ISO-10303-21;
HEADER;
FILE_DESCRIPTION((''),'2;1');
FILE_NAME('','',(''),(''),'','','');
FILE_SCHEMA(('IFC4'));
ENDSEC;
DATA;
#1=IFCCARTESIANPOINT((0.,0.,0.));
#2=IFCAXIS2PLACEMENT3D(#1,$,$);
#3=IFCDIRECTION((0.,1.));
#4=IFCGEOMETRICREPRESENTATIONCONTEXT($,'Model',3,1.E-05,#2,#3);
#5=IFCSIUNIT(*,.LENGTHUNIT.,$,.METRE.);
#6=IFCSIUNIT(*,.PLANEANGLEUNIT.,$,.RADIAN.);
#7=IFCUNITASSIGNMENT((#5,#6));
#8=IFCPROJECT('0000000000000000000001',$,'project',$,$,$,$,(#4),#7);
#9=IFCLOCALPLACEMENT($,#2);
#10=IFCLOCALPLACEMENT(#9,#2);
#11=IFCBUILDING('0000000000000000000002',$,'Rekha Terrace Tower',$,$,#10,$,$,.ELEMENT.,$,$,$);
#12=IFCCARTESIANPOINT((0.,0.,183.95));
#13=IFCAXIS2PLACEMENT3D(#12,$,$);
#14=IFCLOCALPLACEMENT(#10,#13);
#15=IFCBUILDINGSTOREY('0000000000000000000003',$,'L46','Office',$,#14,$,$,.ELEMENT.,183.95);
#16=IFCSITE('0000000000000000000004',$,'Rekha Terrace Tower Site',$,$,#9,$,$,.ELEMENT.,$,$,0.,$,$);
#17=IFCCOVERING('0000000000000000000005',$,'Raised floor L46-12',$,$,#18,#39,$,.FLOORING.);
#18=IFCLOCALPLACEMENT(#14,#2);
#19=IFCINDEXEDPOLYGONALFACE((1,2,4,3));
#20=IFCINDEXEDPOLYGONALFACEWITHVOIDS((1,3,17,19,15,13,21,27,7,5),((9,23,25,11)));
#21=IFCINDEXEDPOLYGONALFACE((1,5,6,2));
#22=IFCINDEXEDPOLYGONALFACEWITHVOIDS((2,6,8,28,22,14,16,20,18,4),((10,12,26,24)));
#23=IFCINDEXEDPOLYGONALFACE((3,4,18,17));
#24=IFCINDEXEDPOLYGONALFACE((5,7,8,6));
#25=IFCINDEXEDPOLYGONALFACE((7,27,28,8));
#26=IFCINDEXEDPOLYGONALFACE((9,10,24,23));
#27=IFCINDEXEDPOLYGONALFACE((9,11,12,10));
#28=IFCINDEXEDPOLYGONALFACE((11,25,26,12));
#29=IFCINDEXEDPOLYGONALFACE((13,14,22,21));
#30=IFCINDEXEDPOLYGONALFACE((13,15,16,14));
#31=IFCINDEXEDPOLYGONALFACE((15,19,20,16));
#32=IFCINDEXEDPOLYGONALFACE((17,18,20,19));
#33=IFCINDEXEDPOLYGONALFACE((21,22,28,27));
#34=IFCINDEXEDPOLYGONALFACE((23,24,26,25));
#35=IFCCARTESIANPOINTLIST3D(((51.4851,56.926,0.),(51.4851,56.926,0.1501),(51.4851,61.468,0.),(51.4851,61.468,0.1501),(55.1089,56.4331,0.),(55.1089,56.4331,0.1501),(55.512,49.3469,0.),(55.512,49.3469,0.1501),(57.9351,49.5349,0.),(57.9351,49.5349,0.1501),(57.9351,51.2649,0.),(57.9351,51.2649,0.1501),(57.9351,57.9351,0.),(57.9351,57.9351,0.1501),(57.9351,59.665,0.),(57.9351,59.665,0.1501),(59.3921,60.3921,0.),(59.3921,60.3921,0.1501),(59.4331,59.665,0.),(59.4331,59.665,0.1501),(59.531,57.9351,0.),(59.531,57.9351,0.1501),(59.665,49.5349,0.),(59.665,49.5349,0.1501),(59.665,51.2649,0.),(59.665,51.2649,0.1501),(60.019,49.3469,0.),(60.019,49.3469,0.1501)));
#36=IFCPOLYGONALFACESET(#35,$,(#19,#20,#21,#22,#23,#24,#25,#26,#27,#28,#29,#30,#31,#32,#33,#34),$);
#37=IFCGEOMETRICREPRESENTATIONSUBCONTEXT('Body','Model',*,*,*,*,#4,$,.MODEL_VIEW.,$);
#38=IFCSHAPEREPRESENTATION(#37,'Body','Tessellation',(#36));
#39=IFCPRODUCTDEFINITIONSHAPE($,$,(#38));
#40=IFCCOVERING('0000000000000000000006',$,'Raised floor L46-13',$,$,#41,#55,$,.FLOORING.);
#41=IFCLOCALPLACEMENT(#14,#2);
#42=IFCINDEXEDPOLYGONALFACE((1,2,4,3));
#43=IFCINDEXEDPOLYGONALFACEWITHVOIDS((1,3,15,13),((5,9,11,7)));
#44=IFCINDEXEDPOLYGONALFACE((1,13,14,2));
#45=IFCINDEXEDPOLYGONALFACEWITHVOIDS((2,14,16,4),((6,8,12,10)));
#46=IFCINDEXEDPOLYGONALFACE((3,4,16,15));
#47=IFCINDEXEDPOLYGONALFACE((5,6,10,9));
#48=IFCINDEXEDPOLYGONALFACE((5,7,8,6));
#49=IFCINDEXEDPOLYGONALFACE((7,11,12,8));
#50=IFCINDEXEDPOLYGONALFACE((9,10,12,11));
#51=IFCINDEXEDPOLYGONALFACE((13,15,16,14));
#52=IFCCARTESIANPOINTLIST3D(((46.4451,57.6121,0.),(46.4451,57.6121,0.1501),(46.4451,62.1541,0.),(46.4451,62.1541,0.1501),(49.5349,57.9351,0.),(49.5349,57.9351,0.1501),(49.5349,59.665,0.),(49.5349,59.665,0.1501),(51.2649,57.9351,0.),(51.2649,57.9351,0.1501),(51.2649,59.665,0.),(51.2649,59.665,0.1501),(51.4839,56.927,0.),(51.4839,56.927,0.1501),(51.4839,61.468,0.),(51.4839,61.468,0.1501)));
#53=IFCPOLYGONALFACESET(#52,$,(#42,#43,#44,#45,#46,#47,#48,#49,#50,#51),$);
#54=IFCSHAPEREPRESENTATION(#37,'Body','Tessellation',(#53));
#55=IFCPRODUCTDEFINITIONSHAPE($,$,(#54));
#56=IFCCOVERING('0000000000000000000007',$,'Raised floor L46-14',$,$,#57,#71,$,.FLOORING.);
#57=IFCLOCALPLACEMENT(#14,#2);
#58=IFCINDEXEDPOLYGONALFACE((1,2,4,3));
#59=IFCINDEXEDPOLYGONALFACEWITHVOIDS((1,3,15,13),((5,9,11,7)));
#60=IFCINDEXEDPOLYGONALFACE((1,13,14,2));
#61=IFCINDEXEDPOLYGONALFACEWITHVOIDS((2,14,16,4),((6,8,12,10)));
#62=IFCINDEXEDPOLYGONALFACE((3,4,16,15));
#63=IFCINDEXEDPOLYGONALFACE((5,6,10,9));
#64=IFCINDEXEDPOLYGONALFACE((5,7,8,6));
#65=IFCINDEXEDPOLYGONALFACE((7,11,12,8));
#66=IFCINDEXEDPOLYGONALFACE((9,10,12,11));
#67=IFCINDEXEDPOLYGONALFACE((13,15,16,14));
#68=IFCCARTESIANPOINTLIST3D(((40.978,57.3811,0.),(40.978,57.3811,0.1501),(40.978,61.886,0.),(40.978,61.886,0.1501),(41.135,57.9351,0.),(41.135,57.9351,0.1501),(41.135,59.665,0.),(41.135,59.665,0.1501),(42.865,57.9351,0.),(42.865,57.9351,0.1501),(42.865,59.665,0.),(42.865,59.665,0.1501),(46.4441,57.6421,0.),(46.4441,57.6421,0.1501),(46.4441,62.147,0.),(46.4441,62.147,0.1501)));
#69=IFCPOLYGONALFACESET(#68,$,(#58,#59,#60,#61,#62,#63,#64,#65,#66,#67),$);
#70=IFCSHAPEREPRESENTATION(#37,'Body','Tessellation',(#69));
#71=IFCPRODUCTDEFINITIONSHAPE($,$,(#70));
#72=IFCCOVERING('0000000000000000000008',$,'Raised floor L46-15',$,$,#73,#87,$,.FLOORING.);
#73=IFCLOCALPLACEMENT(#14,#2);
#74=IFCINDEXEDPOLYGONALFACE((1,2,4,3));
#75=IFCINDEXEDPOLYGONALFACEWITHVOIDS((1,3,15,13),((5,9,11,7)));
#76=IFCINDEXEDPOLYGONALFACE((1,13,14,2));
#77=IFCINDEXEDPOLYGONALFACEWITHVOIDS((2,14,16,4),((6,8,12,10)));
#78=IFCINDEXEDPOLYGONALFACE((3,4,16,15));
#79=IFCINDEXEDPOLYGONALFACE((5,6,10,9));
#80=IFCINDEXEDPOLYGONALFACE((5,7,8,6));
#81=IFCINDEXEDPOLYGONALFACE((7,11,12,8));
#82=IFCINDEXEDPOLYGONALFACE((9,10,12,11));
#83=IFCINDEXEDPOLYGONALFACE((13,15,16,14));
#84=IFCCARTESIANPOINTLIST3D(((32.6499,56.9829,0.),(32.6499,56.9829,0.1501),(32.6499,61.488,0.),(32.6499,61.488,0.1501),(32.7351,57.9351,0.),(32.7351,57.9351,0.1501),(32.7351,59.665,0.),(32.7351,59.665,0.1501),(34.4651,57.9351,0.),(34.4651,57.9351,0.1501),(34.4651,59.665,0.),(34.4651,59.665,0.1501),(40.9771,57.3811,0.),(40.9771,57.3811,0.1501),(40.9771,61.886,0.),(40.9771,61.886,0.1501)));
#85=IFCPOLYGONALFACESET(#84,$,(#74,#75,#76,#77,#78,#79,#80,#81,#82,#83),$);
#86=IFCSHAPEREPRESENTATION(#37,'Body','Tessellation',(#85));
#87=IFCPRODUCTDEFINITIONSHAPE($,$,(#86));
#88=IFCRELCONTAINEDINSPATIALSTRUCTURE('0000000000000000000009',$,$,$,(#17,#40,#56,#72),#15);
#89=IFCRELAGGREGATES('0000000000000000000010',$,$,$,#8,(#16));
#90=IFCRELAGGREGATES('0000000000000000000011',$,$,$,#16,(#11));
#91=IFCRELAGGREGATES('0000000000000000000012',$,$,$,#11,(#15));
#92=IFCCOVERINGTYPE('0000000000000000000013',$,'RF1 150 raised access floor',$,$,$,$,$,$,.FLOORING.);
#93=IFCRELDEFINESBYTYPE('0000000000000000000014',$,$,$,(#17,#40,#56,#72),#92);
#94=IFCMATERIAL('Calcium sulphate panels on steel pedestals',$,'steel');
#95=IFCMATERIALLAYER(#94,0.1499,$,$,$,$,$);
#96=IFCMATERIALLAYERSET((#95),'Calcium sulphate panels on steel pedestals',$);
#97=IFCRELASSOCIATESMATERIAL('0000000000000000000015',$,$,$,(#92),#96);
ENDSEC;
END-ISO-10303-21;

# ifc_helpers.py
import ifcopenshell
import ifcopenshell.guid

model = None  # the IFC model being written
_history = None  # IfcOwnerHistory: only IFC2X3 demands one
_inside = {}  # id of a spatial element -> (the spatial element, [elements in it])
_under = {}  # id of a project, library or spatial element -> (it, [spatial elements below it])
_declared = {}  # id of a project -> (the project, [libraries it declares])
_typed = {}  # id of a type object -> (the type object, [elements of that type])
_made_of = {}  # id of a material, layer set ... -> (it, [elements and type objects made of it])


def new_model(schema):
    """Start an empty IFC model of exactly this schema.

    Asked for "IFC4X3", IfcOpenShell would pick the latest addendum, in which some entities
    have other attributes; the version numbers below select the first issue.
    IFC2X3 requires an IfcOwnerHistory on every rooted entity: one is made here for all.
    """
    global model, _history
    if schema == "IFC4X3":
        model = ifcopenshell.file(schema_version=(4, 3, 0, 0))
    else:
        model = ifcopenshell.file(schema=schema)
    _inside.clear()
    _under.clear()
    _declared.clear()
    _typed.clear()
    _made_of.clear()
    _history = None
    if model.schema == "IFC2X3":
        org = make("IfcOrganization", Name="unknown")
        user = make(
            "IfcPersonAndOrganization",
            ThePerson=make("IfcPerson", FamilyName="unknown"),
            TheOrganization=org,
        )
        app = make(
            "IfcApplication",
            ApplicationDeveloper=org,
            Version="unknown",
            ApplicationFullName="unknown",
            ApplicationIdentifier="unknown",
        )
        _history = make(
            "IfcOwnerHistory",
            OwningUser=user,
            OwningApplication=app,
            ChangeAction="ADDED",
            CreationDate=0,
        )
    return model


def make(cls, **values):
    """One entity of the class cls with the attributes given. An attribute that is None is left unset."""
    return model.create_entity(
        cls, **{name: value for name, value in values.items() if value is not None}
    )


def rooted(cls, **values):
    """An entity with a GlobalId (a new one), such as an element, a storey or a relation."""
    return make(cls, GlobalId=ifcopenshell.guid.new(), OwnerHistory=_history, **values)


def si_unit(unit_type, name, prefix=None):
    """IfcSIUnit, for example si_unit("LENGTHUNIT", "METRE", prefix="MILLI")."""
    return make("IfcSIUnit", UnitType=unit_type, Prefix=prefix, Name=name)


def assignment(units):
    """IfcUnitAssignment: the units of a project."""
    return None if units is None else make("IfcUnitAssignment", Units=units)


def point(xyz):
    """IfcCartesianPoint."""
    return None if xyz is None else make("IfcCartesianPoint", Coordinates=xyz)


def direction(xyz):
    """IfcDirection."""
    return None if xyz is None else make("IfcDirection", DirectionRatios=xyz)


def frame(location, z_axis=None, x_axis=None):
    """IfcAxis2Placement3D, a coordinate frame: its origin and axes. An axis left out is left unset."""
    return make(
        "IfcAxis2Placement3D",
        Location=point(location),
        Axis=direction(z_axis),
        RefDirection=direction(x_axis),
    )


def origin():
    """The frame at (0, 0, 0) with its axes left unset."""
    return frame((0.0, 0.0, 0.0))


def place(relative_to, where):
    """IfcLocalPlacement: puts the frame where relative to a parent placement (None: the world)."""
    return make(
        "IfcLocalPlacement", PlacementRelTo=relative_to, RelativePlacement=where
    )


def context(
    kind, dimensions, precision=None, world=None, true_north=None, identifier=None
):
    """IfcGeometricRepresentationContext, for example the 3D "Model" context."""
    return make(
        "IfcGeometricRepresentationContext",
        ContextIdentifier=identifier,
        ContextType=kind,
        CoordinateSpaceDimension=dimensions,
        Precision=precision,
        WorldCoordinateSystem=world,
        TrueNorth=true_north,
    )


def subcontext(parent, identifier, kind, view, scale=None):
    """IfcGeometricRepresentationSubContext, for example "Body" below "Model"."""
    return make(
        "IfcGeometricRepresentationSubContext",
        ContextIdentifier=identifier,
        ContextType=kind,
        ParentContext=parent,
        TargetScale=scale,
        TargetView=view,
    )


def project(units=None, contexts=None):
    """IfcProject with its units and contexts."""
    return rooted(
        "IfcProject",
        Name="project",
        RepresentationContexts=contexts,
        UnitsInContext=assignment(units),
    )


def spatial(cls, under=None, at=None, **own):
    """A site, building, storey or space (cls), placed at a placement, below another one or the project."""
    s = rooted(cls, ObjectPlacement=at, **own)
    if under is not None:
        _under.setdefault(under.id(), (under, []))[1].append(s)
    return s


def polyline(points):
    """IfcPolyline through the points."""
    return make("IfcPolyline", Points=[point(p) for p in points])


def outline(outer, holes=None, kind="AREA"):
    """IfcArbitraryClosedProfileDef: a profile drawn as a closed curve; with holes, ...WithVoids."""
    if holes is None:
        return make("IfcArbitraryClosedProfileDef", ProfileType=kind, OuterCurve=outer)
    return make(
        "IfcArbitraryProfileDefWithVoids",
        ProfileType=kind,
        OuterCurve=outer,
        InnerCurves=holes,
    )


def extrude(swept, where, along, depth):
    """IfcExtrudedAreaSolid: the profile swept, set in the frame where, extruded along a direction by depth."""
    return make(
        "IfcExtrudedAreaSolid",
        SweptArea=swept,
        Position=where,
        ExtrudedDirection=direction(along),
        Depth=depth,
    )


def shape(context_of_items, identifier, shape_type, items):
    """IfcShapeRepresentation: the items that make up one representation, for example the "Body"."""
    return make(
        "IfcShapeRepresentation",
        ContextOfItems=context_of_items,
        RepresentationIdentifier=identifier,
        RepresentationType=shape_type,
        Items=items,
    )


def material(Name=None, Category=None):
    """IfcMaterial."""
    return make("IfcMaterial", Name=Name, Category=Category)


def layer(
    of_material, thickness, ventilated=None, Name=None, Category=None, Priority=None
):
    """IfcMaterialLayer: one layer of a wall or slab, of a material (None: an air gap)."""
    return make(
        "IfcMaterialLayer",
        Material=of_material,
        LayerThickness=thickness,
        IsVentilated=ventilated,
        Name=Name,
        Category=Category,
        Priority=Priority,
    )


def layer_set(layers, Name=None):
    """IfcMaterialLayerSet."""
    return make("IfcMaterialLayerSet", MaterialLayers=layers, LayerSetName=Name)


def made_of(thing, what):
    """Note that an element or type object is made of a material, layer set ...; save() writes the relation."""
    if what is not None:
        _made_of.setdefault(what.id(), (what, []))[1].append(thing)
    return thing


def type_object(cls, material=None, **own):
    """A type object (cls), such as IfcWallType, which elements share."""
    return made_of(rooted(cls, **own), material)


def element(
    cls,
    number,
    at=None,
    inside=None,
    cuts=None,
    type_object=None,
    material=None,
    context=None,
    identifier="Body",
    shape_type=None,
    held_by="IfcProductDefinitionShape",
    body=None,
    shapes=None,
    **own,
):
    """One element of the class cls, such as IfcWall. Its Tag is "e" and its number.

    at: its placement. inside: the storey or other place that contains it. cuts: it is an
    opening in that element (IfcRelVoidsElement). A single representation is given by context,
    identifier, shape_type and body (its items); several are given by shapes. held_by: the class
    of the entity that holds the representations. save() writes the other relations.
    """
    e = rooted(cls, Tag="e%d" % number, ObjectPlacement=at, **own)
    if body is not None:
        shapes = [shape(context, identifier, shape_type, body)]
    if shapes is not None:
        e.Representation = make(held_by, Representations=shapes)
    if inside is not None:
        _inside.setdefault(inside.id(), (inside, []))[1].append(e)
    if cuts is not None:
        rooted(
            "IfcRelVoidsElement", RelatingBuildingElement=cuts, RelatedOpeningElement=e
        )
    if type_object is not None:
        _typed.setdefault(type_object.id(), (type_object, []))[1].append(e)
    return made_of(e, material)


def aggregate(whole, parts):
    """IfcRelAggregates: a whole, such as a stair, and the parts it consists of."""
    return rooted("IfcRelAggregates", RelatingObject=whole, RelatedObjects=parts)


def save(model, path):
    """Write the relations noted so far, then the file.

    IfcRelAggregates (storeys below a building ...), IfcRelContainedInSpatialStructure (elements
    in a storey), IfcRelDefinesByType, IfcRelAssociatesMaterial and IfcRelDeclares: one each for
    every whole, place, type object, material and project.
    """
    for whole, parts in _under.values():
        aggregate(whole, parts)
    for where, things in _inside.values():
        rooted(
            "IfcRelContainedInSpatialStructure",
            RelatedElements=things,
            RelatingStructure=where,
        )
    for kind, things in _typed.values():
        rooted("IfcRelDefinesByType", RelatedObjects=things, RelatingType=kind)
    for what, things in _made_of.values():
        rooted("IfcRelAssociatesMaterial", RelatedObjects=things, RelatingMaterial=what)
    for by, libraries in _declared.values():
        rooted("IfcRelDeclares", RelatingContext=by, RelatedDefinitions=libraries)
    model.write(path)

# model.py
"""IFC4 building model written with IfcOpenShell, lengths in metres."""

from ifc_helpers import new_model, si_unit, direction, frame, origin, place, context, subcontext, project, spatial, polyline, outline, extrude, material, layer, layer_set, type_object, element, save


model = new_model("IFC4")

# Units and contexts
model_context = context("Model", 3, precision=1e-05, world=origin(), true_north=direction((0.0, 1.0)))
body_context = subcontext(model_context, "Body", "Model", "MODEL_VIEW")
ifc_project = project(units=[si_unit("LENGTHUNIT", "METRE"), si_unit("PLANEANGLEUNIT", "RADIAN")], contexts=[model_context])

# Site, building, storey
site_placement = place(None, origin())
site = spatial("IfcSite", under=ifc_project, at=site_placement, Name="Rekha Terrace Tower Site", CompositionType="ELEMENT", RefElevation=0.0)
building_placement = place(site_placement, origin())
building = spatial("IfcBuilding", under=site, at=building_placement, Name="Rekha Terrace Tower", CompositionType="ELEMENT")
storey_placement = place(building_placement, frame((0.0, 0.0, 183.95)))
storey = spatial("IfcBuildingStorey", under=building, at=storey_placement, Name="L46", Description="Office", CompositionType="ELEMENT", Elevation=183.95)

# Coverings
ifc_material_1 = material(Name="Calcium sulphate panels on steel pedestals", Category="steel")
ifc_layer_1 = layer(ifc_material_1, 0.1499)
ifc_layer_set_1 = layer_set([ifc_layer_1], Name="Calcium sulphate panels on steel pedestals")
covering_type_1 = type_object("IfcCoveringType", Name="RF1 150 raised access floor", PredefinedType="FLOORING", material=ifc_layer_set_1)
covering_1_placement = place(storey_placement, origin())
element("IfcCovering", 1, at=covering_1_placement, inside=storey, type_object=covering_type_1, Name="Raised floor L46-12", PredefinedType="FLOORING", context=body_context, shape_type="SweptSolid", body=[
    extrude(outline(polyline([(51.4851, 56.926), (55.1089, 56.4331), (55.512, 49.3469), (60.019, 49.3469), (59.531, 57.9351), (57.9351, 57.9351), (57.9351, 59.665), (59.4331, 59.665), (59.3921, 60.3921), (51.4851, 61.468), (51.4851, 56.926)]), holes=[polyline([(59.665, 51.2649), (59.665, 49.5349), (57.9351, 49.5349), (57.9351, 51.2649), (59.665, 51.2649)])]), origin(), (0.0, 0.0, 1.0), 0.1501),
])
covering_2_placement = place(storey_placement, origin())
element("IfcCovering", 2, at=covering_2_placement, inside=storey, type_object=covering_type_1, Name="Raised floor L46-13", PredefinedType="FLOORING", context=body_context, shape_type="SweptSolid", body=[
    extrude(outline(polyline([(51.4839, 56.927), (51.4839, 61.468), (46.4451, 62.1541), (46.4451, 57.6121), (51.4839, 56.927)]), holes=[polyline([(51.2649, 57.9351), (49.5349, 57.9351), (49.5349, 59.665), (51.2649, 59.665), (51.2649, 57.9351)])]), origin(), (0.0, 0.0, 1.0), 0.1501),
])
covering_3_placement = place(storey_placement, origin())
element("IfcCovering", 3, at=covering_3_placement, inside=storey, type_object=covering_type_1, Name="Raised floor L46-14", PredefinedType="FLOORING", context=body_context, shape_type="SweptSolid", body=[
    extrude(outline(polyline([(46.4441, 62.147), (40.978, 61.886), (40.978, 57.3811), (46.4441, 57.6421), (46.4441, 62.147)]), holes=[polyline([(42.865, 59.665), (42.865, 57.9351), (41.135, 57.9351), (41.135, 59.665), (42.865, 59.665)])]), origin(), (0.0, 0.0, 1.0), 0.1501),
])
covering_4_placement = place(storey_placement, origin())
element("IfcCovering", 4, at=covering_4_placement, inside=storey, type_object=covering_type_1, Name="Raised floor L46-15", PredefinedType="FLOORING", context=body_context, shape_type="SweptSolid", body=[
    extrude(outline(polyline([(40.9771, 57.3811), (40.9771, 61.886), (32.6499, 61.488), (32.6499, 56.9829), (40.9771, 57.3811)]), holes=[polyline([(34.4651, 57.9351), (32.7351, 57.9351), (32.7351, 59.665), (34.4651, 59.665), (34.4651, 57.9351)])]), origin(), (0.0, 0.0, 1.0), 0.1501),
])

save(model, "model.ifc")
